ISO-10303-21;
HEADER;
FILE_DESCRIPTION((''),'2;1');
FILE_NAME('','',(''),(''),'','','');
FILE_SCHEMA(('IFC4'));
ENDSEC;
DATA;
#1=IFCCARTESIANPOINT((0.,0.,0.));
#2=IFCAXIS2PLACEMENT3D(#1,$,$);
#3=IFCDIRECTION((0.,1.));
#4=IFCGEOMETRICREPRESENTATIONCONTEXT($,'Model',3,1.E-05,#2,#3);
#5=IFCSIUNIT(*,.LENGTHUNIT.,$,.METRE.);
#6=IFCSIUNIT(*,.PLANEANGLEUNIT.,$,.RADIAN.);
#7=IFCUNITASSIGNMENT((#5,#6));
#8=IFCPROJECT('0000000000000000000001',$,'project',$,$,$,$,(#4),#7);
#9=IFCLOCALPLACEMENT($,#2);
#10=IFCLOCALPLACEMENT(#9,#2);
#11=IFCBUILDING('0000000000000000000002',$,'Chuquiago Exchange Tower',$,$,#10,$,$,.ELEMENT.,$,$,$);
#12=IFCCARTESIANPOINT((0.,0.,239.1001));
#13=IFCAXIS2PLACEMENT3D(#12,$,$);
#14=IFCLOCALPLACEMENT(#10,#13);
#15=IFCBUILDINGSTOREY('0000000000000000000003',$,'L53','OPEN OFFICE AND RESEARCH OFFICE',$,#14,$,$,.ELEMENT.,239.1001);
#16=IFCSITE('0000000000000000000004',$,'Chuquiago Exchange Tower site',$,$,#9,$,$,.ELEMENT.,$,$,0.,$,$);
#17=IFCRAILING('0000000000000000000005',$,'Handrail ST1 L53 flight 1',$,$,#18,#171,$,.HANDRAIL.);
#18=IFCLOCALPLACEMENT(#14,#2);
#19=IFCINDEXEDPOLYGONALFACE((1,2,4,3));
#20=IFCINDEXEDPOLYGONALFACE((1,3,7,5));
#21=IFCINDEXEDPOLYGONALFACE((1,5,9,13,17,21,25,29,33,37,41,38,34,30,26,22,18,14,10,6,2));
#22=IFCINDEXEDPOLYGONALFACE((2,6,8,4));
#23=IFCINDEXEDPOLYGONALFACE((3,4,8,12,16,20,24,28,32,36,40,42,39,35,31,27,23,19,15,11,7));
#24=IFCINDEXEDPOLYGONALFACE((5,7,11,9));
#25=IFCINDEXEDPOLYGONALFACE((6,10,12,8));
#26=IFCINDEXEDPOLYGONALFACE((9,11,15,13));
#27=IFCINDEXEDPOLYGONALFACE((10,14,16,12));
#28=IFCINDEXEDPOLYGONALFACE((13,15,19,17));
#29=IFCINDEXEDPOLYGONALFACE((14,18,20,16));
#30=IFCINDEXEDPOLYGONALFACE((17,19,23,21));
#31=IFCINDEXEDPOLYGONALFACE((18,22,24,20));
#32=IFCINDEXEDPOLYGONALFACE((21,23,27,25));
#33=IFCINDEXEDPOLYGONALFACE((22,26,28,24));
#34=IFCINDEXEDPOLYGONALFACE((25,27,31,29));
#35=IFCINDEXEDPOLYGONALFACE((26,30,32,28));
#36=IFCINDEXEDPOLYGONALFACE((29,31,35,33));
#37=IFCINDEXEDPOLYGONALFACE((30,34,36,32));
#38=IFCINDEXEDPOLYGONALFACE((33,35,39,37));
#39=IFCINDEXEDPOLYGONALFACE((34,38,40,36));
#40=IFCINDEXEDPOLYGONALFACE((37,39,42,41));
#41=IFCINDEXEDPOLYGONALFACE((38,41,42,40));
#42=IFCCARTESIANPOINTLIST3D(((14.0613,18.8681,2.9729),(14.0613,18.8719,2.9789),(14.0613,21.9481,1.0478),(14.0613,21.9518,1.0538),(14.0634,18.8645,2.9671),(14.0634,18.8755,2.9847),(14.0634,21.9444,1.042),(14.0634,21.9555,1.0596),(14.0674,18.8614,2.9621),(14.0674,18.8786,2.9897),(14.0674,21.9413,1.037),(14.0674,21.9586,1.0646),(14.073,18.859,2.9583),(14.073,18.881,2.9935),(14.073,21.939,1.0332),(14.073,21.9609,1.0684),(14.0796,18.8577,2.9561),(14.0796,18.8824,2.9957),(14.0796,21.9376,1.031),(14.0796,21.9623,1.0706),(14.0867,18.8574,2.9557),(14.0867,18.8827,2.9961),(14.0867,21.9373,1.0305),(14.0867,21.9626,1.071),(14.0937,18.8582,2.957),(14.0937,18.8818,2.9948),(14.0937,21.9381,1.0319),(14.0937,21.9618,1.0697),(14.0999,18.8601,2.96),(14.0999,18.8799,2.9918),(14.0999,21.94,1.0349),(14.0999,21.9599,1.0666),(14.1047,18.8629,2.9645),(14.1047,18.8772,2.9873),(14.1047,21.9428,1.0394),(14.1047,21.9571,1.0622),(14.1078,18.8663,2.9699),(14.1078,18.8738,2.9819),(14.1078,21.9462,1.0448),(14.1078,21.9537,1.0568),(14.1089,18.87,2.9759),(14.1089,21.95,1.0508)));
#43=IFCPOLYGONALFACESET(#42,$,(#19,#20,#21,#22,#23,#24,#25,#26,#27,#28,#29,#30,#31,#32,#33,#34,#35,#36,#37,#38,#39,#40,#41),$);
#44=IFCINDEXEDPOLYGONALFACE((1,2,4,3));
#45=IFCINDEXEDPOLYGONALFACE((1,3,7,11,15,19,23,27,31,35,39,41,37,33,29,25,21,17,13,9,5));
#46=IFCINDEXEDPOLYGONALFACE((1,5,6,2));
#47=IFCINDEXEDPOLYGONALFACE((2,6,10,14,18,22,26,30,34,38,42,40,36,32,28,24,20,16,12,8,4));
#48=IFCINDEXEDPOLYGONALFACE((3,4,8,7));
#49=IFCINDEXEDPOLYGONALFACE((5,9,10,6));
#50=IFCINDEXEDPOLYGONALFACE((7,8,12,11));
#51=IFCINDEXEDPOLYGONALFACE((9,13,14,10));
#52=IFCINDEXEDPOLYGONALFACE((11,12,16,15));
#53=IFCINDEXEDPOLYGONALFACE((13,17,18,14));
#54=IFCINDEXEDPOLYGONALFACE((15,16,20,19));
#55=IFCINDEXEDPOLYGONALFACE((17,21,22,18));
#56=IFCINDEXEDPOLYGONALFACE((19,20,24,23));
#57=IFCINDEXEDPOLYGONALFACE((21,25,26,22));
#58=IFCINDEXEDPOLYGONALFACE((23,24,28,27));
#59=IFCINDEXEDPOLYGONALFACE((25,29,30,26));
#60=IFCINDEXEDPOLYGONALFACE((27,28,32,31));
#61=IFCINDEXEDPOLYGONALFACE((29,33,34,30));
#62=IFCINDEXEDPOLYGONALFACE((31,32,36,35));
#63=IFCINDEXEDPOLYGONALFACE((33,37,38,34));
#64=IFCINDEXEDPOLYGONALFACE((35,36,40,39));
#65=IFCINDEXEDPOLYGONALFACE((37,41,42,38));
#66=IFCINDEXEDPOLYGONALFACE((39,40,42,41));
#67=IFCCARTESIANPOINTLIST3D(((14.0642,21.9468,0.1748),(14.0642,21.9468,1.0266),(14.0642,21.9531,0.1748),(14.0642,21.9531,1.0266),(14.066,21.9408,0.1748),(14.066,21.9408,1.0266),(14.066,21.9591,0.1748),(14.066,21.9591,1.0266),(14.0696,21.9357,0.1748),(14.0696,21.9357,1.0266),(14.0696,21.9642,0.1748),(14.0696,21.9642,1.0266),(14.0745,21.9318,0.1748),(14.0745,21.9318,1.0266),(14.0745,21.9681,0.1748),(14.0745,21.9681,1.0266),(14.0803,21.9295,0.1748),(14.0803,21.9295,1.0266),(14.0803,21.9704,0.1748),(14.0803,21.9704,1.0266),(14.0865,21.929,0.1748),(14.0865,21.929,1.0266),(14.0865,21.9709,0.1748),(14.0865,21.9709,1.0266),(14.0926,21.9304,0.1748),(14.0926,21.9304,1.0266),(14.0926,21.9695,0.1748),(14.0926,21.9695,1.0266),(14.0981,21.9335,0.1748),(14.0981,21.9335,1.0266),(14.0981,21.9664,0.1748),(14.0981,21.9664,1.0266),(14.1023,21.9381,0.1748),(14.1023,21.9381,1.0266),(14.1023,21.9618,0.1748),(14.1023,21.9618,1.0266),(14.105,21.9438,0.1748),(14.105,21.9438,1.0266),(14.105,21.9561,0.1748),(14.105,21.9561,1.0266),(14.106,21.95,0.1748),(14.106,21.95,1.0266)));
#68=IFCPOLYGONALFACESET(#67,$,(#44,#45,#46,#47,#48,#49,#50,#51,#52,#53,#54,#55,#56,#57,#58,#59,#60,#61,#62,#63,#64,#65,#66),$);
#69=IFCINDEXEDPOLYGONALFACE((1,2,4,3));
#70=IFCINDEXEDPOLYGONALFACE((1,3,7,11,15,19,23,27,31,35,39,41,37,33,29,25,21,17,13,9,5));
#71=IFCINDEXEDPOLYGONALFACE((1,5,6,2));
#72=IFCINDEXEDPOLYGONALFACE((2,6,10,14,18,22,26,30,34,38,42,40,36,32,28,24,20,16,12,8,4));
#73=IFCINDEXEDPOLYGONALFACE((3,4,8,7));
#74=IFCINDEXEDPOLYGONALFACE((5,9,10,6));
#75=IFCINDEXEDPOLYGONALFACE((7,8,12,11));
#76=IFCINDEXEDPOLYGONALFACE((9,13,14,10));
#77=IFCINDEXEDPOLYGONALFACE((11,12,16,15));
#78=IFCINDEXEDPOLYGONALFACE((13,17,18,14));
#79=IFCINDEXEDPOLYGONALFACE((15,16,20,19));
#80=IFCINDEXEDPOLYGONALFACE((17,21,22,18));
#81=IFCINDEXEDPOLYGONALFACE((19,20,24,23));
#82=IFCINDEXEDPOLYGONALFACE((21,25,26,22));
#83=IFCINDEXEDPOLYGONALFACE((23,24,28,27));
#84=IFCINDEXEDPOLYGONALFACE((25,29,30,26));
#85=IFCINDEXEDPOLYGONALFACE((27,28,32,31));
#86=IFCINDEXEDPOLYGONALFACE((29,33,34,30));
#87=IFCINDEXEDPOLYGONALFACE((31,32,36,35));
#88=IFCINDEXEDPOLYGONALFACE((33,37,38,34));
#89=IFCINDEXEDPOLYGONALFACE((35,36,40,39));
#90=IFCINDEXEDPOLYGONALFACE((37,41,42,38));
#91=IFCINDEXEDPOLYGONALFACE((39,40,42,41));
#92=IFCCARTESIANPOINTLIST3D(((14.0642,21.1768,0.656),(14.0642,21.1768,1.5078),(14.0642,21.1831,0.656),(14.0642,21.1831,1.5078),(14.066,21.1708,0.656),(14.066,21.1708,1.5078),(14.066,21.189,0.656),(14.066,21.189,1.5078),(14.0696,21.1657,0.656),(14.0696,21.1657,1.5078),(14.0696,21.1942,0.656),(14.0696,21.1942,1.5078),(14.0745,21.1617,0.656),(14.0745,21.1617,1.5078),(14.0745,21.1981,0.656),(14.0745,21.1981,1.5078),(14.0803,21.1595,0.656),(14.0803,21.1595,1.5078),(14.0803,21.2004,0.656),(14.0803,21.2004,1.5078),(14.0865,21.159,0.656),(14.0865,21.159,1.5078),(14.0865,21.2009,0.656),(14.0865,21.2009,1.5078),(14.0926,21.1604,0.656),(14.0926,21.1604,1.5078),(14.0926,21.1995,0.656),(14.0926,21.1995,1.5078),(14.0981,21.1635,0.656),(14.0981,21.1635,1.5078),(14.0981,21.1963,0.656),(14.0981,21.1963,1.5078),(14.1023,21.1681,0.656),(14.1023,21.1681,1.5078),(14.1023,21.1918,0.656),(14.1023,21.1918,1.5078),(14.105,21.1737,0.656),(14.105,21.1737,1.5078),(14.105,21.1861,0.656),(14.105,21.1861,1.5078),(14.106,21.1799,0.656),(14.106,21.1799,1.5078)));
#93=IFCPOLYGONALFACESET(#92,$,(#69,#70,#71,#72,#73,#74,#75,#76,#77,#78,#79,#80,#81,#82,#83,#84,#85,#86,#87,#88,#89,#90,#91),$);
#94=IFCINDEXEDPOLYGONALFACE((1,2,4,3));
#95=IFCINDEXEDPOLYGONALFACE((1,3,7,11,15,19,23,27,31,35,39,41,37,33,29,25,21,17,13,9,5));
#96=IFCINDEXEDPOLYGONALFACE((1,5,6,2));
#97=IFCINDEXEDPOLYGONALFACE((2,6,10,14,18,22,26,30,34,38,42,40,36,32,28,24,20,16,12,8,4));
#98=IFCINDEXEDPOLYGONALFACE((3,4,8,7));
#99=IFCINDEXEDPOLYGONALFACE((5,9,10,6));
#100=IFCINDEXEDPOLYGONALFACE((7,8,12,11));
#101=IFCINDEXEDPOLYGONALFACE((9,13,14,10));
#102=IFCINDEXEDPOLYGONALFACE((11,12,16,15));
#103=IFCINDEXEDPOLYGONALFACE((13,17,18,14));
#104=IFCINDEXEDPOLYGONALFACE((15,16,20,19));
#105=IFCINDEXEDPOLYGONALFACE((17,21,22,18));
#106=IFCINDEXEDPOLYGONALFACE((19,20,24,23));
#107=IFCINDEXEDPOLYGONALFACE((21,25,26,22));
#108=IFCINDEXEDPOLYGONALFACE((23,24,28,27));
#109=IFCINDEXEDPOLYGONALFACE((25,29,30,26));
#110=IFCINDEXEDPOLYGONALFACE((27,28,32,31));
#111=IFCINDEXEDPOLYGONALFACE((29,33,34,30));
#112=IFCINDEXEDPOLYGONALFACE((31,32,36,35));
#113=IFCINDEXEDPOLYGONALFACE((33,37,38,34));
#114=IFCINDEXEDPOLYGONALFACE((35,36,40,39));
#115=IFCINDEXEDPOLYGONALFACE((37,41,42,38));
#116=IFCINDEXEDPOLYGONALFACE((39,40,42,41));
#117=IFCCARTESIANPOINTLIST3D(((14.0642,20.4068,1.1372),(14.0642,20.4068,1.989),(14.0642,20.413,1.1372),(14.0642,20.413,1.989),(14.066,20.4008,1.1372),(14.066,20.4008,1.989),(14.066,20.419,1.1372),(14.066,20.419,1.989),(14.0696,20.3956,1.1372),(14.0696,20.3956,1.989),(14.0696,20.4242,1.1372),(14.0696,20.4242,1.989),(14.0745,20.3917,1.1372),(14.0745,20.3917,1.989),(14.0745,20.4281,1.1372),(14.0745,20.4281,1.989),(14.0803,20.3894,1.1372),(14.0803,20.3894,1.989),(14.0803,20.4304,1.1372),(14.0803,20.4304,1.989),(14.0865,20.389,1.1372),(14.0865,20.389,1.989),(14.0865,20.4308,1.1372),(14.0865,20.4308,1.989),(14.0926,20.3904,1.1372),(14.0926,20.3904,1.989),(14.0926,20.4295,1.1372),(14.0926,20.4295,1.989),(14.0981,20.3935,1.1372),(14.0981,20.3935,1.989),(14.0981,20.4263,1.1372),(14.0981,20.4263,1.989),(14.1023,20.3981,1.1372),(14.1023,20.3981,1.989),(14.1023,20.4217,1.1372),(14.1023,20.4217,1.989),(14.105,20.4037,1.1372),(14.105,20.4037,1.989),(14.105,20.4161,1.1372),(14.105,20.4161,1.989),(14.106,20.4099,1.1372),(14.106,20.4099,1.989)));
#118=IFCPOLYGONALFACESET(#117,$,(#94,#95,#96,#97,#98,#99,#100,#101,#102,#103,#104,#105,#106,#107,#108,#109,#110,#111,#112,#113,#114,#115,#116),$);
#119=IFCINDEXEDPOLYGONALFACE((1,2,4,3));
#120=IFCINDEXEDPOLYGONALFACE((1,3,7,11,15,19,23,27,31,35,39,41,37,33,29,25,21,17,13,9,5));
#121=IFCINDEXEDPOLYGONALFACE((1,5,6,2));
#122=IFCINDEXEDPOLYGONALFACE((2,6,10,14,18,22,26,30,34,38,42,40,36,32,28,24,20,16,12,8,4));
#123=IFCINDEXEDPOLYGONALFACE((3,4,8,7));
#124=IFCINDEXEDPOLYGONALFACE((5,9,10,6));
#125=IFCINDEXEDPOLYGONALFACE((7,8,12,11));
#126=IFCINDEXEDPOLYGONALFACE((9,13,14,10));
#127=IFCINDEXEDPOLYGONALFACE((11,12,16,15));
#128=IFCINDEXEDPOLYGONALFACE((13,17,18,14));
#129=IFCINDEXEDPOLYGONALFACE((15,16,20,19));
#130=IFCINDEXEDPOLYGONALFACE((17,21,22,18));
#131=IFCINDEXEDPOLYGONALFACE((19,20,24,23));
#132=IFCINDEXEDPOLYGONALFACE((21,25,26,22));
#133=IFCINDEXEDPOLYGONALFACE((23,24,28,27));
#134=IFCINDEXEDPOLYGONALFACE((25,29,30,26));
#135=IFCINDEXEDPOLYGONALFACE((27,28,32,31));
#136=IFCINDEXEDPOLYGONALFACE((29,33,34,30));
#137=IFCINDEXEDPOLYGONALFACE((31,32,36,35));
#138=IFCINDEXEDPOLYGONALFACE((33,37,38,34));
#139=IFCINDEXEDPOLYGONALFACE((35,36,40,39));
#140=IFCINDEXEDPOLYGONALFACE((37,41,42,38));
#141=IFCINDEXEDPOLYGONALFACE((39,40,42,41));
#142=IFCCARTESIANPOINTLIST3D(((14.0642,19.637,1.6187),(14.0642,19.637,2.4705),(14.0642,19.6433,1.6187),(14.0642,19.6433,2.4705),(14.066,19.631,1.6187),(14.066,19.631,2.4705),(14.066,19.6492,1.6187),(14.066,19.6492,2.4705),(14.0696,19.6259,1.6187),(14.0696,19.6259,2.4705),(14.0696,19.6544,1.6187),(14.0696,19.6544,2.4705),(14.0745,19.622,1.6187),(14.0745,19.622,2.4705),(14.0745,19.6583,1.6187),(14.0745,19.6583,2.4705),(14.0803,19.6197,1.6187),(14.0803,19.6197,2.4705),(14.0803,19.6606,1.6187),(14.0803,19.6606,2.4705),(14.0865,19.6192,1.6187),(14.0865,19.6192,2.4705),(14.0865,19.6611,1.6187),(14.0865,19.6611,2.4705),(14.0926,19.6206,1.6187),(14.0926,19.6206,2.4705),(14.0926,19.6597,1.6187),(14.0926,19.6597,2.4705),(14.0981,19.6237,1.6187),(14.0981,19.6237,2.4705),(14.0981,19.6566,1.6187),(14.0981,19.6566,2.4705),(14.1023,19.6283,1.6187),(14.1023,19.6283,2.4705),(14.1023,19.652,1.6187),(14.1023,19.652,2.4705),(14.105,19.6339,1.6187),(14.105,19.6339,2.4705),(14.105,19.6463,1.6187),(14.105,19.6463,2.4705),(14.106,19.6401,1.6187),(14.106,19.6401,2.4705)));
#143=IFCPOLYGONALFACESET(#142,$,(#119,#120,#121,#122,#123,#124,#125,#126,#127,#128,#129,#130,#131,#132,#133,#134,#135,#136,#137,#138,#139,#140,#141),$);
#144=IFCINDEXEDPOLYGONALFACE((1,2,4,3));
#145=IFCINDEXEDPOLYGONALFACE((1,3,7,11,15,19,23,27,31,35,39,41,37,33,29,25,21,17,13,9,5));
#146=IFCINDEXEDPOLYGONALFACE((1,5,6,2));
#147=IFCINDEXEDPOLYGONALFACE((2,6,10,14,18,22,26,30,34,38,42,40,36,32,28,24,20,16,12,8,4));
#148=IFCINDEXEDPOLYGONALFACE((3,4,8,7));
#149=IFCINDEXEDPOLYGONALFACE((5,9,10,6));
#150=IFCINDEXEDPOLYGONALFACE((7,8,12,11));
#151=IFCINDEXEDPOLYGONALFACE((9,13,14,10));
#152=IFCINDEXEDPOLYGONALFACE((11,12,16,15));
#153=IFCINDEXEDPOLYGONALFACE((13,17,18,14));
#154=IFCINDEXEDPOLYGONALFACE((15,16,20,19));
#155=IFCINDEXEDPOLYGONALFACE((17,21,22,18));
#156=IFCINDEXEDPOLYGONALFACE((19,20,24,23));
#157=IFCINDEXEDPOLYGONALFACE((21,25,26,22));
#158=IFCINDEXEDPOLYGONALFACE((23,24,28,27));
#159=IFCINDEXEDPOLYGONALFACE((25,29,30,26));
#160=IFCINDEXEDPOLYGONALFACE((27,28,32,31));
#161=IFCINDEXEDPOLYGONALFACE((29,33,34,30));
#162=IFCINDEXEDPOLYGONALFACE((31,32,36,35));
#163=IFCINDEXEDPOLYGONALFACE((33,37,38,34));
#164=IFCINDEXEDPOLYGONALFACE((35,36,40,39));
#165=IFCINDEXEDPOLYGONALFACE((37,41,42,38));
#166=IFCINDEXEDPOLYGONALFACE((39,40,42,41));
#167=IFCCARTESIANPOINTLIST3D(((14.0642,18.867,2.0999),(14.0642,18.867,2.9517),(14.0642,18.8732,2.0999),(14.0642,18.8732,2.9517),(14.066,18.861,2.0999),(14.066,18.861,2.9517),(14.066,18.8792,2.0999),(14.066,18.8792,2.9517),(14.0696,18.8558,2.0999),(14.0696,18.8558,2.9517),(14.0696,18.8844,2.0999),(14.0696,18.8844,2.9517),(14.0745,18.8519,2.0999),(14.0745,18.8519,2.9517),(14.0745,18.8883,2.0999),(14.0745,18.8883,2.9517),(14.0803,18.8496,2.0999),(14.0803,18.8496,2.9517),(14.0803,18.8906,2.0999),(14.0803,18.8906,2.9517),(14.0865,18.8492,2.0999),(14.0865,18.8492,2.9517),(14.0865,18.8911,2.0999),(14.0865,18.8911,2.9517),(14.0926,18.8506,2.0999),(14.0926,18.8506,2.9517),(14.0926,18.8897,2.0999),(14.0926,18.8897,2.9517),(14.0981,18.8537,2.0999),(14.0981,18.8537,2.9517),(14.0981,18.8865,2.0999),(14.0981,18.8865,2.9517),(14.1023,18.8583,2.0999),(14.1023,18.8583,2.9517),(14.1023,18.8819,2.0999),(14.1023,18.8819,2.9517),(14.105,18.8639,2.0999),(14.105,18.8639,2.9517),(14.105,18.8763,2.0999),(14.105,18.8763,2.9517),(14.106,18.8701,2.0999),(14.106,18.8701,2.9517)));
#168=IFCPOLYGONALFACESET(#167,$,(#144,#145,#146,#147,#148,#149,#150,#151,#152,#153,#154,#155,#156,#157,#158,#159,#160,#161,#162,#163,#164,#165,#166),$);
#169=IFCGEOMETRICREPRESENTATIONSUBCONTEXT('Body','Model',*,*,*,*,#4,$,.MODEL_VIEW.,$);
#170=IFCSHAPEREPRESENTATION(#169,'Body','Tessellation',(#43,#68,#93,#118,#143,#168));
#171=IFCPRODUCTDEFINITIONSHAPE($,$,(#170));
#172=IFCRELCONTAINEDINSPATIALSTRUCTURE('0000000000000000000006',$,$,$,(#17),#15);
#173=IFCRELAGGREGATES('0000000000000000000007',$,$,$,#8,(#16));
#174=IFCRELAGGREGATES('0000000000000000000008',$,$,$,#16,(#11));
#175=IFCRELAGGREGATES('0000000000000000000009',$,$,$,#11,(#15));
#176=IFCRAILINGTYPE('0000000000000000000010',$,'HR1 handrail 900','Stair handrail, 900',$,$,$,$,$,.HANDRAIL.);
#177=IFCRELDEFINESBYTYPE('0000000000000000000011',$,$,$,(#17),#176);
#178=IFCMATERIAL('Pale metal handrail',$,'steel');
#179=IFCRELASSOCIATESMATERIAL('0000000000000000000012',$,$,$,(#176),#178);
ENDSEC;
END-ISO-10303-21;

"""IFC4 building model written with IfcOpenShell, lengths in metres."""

from ifc_helpers import new_model, si_unit, direction, frame, origin, origin_2d, place, context, subcontext, project, spatial, circle, extrude, material, type_object, element, save


model = new_model("IFC4")

# Units and contexts
model_context = context("Model", 3, precision=1e-05, world=origin(), true_north=direction((0.0, 1.0)))
body_context = subcontext(model_context, "Body", "Model", "MODEL_VIEW")
ifc_project = project(units=[si_unit("LENGTHUNIT", "METRE"), si_unit("PLANEANGLEUNIT", "RADIAN")], contexts=[model_context])

# Site, building, storey
site_placement = place(None, origin())
site = spatial("IfcSite", under=ifc_project, at=site_placement, Name="Chuquiago Exchange Tower site", CompositionType="ELEMENT", RefElevation=0.0)
building_placement = place(site_placement, origin())
building = spatial("IfcBuilding", under=site, at=building_placement, Name="Chuquiago Exchange Tower", CompositionType="ELEMENT")
storey_placement = place(building_placement, frame((0.0, 0.0, 239.1001)))
storey = spatial("IfcBuildingStorey", under=building, at=storey_placement, Name="L53", Description="OPEN OFFICE AND RESEARCH OFFICE", CompositionType="ELEMENT", Elevation=239.1001)

# Railing
ifc_material_1 = material(Name="Pale metal handrail", Category="steel")
railing_type_1 = type_object("IfcRailingType", Name="HR1 handrail 900", Description="Stair handrail, 900", PredefinedType="HANDRAIL", material=ifc_material_1)
for number, where, name in (
    (1, (14.085, 21.95, 0.1748), "Handrail ST1 L53 flight 1"),
):
    element("IfcRailing", number, at=place(storey_placement, frame(where)), inside=storey, type_object=railing_type_1, Name=name, PredefinedType="HANDRAIL", context=body_context, shape_type="SweptSolid", body=[
        extrude(circle(Radius=0.0239, at=origin_2d()), frame((0.0, 0.0, 0.876), z_axis=(0.0, -0.847979, 0.530029), x_axis=(1.0, 0.0, 0.0)), (0.0, 0.0, 1.0), 3.6321),
        extrude(circle(Radius=0.021, at=origin_2d()), origin(), (0.0, 0.0, 1.0), 0.8518),
        extrude(circle(Radius=0.021, at=origin_2d()), frame((0.0, -0.77, 0.4812)), (0.0, 0.0, 1.0), 0.8518),
        extrude(circle(Radius=0.021, at=origin_2d()), frame((0.0, -1.54, 0.9624)), (0.0, 0.0, 1.0), 0.8518),
        extrude(circle(Radius=0.021, at=origin_2d()), frame((0.0, -2.3098, 1.4438)), (0.0, 0.0, 1.0), 0.8518),
        extrude(circle(Radius=0.021, at=origin_2d()), frame((0.0, -3.0798, 1.925)), (0.0, 0.0, 1.0), 0.8518),
    ])

save(model, "model.ifc")
